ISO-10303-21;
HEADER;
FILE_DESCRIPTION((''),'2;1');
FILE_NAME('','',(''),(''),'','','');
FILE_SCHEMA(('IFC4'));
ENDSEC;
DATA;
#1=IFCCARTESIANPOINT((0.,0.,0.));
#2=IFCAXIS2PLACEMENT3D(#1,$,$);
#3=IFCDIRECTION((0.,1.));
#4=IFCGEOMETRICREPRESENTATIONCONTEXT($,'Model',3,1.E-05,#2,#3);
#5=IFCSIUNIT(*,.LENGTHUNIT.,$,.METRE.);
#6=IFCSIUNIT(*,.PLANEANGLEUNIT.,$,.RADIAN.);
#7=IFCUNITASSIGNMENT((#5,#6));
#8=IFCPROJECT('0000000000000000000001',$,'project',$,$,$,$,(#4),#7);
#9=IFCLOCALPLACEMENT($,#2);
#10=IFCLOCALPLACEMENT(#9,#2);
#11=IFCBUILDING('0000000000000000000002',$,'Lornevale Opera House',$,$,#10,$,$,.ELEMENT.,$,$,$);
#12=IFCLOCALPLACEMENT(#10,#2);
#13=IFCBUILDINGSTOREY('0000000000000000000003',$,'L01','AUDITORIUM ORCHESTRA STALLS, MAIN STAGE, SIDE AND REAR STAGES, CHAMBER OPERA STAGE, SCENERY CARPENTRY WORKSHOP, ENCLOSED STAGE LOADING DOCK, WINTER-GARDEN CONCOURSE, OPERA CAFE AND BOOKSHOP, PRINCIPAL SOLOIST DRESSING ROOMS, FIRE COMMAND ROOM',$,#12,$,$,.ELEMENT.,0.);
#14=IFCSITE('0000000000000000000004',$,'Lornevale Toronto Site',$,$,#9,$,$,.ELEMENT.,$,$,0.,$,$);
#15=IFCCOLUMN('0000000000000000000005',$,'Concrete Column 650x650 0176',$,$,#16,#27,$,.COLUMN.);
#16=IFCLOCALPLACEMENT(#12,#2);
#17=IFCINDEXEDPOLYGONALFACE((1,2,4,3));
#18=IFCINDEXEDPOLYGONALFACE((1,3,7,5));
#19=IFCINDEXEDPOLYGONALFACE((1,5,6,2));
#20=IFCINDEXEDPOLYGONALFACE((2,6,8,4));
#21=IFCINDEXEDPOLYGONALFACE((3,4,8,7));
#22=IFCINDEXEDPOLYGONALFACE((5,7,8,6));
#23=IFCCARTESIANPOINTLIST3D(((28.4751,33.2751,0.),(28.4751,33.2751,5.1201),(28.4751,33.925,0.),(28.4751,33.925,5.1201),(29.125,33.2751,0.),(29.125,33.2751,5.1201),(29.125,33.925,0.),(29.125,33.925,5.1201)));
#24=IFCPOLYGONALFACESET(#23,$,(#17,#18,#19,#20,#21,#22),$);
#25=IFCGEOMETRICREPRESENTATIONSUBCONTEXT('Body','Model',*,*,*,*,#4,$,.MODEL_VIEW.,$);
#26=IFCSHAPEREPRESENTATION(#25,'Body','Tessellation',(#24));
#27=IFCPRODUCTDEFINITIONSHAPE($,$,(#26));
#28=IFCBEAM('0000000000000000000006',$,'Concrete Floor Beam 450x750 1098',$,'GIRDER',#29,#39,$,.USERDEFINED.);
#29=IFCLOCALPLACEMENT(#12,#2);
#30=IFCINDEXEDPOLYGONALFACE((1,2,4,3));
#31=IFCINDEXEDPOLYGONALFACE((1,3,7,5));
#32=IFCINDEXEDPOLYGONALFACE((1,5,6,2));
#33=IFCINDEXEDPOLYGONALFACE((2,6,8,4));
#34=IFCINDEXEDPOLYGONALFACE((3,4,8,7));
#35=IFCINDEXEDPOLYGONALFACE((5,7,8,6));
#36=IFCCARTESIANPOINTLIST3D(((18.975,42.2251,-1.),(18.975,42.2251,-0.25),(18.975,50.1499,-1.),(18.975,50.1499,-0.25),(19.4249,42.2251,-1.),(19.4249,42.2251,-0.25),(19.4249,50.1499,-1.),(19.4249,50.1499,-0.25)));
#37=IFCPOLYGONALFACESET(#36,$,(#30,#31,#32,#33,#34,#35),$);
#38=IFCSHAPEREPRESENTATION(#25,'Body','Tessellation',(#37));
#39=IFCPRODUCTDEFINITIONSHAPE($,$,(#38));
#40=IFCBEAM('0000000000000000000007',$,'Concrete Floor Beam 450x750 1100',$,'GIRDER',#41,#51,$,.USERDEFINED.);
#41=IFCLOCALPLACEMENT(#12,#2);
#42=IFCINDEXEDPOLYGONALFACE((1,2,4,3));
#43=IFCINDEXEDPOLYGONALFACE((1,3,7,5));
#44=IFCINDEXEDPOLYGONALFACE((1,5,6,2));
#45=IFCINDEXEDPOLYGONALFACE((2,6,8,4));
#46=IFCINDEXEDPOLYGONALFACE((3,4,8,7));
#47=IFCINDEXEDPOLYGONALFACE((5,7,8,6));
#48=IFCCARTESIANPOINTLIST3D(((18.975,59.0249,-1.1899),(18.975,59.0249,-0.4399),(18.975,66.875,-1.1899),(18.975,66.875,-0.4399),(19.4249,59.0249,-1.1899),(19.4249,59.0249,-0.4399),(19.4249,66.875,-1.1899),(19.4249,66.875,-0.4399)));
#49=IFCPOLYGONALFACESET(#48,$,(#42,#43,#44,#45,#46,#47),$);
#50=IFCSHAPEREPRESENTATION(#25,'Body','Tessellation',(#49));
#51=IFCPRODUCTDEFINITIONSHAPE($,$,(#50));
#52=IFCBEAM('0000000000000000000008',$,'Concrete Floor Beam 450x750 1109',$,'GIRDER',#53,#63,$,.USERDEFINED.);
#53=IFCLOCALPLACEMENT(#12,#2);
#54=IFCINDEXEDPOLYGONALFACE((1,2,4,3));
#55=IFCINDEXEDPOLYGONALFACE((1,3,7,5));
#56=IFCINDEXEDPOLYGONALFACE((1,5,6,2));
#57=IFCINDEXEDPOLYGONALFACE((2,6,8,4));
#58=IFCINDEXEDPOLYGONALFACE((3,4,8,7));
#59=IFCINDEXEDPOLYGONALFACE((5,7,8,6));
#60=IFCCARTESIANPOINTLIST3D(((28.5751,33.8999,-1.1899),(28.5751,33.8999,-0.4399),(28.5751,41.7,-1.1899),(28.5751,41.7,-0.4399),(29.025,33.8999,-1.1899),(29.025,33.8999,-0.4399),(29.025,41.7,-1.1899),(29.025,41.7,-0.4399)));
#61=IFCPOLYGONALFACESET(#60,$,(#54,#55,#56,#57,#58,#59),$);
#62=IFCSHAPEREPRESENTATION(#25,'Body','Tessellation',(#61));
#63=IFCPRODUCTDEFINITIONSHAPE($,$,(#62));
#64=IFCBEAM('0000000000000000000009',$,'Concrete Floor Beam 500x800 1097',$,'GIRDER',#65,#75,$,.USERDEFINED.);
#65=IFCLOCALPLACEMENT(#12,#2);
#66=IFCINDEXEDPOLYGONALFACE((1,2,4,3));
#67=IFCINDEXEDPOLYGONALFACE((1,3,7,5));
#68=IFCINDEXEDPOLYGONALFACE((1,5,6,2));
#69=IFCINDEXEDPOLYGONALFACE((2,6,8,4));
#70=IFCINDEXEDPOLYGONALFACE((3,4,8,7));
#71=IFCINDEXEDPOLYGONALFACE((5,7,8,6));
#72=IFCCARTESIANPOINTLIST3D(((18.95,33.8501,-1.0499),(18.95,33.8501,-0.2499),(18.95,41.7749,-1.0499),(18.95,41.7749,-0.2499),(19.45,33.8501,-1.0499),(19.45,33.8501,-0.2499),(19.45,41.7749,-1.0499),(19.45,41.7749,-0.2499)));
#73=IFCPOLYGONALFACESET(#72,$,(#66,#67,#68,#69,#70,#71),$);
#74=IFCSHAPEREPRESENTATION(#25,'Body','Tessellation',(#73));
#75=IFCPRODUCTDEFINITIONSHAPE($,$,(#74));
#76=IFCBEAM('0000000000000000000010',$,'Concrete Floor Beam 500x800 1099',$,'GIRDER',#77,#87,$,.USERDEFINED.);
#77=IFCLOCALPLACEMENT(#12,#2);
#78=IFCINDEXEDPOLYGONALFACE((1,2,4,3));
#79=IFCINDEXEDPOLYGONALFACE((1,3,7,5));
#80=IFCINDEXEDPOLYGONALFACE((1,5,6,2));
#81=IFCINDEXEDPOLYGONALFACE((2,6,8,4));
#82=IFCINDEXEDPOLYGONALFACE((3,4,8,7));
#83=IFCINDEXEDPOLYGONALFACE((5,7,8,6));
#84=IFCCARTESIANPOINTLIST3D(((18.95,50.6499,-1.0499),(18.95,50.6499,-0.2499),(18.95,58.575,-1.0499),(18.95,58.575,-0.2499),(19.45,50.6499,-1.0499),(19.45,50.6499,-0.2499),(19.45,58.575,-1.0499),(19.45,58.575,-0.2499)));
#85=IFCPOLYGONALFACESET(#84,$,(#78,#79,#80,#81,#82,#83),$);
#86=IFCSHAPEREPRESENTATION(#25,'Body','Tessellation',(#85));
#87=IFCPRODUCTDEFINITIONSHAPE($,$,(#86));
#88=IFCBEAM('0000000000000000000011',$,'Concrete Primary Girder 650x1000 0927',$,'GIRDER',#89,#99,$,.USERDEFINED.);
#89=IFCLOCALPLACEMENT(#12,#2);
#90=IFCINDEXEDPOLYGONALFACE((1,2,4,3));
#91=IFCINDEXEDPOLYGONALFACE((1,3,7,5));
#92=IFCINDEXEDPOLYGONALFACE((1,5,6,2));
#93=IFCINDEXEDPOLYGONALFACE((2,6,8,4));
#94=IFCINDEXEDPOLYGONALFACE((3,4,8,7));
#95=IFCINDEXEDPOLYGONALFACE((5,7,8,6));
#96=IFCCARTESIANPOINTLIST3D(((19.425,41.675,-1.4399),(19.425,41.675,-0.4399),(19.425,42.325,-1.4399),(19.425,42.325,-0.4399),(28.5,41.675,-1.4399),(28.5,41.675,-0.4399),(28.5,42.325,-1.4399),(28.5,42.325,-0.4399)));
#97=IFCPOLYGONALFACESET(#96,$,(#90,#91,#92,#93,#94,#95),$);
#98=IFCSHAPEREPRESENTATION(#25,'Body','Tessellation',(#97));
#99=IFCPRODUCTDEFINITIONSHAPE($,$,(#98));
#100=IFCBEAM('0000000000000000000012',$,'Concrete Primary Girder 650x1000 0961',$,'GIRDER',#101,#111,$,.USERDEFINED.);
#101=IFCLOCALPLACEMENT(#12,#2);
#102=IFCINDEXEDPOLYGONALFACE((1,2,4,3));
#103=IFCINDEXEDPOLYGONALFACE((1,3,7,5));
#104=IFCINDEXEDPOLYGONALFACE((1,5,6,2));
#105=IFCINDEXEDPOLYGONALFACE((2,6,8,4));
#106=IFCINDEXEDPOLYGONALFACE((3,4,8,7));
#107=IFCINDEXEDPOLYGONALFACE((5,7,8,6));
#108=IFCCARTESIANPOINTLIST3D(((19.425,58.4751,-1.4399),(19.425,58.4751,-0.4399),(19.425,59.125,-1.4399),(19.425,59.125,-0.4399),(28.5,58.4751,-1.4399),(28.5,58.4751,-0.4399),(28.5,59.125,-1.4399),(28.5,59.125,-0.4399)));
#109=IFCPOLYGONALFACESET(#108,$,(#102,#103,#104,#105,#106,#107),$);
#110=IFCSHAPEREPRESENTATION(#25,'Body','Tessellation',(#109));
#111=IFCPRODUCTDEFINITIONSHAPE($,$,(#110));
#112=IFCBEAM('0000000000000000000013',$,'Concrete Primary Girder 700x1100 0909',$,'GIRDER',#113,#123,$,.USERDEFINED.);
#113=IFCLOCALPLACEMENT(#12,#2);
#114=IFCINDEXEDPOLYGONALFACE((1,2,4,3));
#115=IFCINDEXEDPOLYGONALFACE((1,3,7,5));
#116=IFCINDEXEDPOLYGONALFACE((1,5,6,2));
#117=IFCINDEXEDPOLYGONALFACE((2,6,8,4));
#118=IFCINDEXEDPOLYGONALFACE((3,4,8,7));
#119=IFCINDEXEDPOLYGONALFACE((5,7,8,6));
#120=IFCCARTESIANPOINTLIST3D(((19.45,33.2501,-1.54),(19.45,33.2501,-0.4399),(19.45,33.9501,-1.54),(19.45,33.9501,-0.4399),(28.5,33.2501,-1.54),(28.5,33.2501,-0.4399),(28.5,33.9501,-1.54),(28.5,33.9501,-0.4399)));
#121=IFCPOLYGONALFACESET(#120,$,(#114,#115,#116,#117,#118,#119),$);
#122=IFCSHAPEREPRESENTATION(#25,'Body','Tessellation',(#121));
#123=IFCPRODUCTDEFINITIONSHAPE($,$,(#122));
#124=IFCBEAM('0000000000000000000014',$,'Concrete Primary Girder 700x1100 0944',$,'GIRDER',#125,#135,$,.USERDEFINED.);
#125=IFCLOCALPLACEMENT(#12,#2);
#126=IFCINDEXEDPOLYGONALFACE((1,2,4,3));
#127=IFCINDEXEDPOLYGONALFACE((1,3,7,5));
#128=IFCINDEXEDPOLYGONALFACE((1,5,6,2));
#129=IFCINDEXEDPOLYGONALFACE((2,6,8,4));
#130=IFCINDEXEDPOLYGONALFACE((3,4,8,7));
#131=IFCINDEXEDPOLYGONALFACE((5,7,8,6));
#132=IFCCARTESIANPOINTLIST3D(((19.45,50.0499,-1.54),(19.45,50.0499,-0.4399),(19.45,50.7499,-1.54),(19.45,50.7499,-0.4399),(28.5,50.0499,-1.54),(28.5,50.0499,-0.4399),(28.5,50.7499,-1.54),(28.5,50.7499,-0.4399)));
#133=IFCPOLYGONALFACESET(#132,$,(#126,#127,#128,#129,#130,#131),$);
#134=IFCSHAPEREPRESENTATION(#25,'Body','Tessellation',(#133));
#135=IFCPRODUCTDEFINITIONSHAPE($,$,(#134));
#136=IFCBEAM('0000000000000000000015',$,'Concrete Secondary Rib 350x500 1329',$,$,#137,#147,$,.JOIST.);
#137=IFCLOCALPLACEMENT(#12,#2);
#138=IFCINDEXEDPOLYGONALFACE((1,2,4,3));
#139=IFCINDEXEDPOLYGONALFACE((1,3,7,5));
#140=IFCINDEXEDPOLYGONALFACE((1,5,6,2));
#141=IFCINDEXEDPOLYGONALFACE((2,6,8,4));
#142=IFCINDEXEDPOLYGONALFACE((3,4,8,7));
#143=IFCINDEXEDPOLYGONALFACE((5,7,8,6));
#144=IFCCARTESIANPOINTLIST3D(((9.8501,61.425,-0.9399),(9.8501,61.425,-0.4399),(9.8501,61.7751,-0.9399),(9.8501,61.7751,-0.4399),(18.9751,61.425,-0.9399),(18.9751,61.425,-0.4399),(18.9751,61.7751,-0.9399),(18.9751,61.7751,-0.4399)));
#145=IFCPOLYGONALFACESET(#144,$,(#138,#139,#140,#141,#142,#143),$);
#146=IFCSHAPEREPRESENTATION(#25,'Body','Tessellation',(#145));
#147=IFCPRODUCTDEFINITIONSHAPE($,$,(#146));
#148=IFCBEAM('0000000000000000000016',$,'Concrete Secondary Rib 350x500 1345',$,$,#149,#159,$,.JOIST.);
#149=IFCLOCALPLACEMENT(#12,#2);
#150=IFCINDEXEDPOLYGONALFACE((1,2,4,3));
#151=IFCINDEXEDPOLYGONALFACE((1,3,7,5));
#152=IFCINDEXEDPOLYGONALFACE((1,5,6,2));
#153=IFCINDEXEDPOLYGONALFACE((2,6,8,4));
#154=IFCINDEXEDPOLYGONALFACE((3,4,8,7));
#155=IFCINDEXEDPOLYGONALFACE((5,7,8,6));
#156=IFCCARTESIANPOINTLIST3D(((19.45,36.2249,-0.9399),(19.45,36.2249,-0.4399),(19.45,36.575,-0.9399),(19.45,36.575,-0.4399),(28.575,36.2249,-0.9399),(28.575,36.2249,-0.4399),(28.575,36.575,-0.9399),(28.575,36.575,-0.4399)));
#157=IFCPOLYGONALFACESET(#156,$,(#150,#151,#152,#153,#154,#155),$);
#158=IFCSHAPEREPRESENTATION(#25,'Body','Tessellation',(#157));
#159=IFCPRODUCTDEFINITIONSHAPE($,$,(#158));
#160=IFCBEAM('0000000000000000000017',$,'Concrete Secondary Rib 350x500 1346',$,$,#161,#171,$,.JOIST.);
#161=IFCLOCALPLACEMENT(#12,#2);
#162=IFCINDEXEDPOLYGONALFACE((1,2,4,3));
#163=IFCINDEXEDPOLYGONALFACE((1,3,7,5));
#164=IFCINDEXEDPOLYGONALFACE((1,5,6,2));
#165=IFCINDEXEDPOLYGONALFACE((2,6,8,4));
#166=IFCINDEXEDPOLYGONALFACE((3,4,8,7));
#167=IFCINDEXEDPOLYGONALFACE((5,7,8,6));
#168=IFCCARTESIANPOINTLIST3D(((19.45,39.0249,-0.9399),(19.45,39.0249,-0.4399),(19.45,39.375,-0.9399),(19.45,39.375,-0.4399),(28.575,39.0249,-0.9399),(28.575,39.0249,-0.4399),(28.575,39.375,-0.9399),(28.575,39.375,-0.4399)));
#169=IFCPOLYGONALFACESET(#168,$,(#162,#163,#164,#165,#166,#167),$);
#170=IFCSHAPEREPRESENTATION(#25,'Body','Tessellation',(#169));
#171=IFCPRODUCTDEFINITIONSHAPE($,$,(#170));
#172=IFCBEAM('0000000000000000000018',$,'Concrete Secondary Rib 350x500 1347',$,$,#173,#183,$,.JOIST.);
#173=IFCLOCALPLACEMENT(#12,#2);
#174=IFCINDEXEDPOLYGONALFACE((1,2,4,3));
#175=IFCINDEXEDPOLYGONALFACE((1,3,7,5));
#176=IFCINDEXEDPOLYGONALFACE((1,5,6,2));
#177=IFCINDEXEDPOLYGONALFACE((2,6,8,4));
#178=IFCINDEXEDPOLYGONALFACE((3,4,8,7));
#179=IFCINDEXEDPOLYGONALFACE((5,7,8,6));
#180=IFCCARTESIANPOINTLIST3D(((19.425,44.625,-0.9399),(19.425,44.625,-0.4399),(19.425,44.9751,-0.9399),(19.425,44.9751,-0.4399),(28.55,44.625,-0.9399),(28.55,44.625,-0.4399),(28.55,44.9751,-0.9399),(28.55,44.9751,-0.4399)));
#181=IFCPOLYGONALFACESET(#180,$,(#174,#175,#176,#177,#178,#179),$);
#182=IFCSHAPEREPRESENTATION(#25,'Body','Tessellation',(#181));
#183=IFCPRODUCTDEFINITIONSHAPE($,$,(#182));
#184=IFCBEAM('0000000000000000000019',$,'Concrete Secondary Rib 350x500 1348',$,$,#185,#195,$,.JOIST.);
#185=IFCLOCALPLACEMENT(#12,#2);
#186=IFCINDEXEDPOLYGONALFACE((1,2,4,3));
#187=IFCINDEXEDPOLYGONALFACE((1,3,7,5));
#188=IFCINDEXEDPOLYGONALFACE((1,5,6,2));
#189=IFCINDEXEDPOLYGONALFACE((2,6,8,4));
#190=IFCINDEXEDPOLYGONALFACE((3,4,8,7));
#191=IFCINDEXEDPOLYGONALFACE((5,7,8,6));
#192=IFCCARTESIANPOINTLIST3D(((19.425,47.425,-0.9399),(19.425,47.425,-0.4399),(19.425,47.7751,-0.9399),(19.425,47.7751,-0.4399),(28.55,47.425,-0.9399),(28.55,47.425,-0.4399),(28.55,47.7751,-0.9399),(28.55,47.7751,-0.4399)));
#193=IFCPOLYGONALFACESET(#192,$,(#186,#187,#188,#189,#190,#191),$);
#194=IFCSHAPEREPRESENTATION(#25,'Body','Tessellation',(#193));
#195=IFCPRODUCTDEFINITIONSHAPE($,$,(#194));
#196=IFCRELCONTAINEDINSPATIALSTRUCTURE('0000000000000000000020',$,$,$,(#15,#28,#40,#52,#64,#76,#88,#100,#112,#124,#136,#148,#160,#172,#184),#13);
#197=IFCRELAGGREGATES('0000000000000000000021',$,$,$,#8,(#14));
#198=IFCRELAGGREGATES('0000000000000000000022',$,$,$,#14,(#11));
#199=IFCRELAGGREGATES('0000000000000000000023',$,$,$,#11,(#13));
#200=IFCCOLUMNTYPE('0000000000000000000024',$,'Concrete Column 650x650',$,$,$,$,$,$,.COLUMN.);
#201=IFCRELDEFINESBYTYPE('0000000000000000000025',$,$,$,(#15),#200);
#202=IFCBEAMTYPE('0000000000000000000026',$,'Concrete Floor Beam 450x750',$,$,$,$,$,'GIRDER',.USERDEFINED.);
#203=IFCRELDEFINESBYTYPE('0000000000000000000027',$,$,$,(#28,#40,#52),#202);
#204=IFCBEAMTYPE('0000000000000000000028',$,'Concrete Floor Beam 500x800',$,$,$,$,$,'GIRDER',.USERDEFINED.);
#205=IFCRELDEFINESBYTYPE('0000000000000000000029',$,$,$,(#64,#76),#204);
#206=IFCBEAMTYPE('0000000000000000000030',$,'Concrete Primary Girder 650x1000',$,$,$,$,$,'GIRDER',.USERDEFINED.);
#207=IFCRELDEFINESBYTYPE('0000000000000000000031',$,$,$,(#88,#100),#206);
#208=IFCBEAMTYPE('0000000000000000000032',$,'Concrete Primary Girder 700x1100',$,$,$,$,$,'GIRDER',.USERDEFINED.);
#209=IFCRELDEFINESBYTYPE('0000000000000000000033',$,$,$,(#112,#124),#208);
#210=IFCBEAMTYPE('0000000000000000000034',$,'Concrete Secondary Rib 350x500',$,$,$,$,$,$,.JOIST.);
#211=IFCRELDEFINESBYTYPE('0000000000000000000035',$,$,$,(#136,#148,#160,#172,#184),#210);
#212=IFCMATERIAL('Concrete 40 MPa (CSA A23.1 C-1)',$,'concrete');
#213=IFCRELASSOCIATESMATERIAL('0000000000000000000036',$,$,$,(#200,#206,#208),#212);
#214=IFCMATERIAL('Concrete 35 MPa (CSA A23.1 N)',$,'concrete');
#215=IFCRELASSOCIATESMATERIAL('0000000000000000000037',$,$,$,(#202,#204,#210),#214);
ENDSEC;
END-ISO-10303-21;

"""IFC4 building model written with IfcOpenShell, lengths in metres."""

from ifc_helpers import new_model, si_unit, direction, frame, origin, origin_2d, place, context, subcontext, project, spatial, rectangle, extrude, material, material_profile, profile_set, type_object, element, save


model = new_model("IFC4")

# Units and contexts
model_context = context("Model", 3, precision=1e-05, world=origin(), true_north=direction((0.0, 1.0)))
body_context = subcontext(model_context, "Body", "Model", "MODEL_VIEW")
ifc_project = project(units=[si_unit("LENGTHUNIT", "METRE"), si_unit("PLANEANGLEUNIT", "RADIAN")], contexts=[model_context])

# Site, building, storey
site_placement = place(None, origin())
site = spatial("IfcSite", under=ifc_project, at=site_placement, Name="Lornevale Toronto Site", CompositionType="ELEMENT", RefElevation=0.0)
building_placement = place(site_placement, origin())
building = spatial("IfcBuilding", under=site, at=building_placement, Name="Lornevale Opera House", CompositionType="ELEMENT")
storey_placement = place(building_placement, origin())
storey = spatial("IfcBuildingStorey", under=building, at=storey_placement, Name="L01", Description="AUDITORIUM ORCHESTRA STALLS, MAIN STAGE, SIDE AND REAR STAGES, CHAMBER OPERA STAGE, SCENERY CARPENTRY WORKSHOP, ENCLOSED STAGE LOADING DOCK, WINTER-GARDEN CONCOURSE, OPERA CAFE AND BOOKSHOP, PRINCIPAL SOLOIST DRESSING ROOMS, FIRE COMMAND ROOM", CompositionType="ELEMENT", Elevation=0.0)

# Column
ifc_material_1 = material(Name="Concrete 40 MPa (CSA A23.1 C-1)", Category="concrete")
ifc_material_profile_1 = material_profile(ifc_material_1, rectangle(XDim=0.6499, YDim=0.6499, at=origin_2d()), Name="RC650x650")
ifc_profile_set_1 = profile_set([ifc_material_profile_1], Name="Concrete 40 MPa (CSA A23.1 C-1)")
column_type = type_object("IfcColumnType", Name="Concrete Column 650x650", PredefinedType="COLUMN", material=ifc_profile_set_1)
column_placement = place(storey_placement, frame((28.8, 33.6001, 0.0), z_axis=(0.0, 0.0, 1.0), x_axis=(1.0, 0.0, 0.0)))
element("IfcColumn", 1, at=column_placement, inside=storey, type_object=column_type, Name="Concrete Column 650x650 0176", PredefinedType="COLUMN", context=body_context, shape_type="SweptSolid", body=[
    extrude(rectangle(XDim=0.6499, YDim=0.6499, at=origin_2d()), origin(), (0.0, 0.0, 1.0), 5.1201),
])

# Beams
ifc_material_2 = material(Name="Concrete 35 MPa (CSA A23.1 N)", Category="concrete")
ifc_material_profile_2 = material_profile(ifc_material_2, rectangle(XDim=0.45, YDim=0.75, at=origin_2d()), Name="RC450x750")
ifc_profile_set_2 = profile_set([ifc_material_profile_2], Name="Concrete 35 MPa (CSA A23.1 N)")
beam_type_1 = type_object("IfcBeamType", Name="Concrete Floor Beam 450x750", ElementType="GIRDER", PredefinedType="USERDEFINED", material=ifc_profile_set_2)
beam_1_placement = place(storey_placement, frame((19.2, 42.2251, -0.625), z_axis=(0.0, 1.0, 0.0), x_axis=(-1.0, 0.0, 0.0)))
element("IfcBeam", 2, at=beam_1_placement, inside=storey, type_object=beam_type_1, Name="Concrete Floor Beam 450x750 1098", ObjectType="GIRDER", PredefinedType="USERDEFINED", context=body_context, shape_type="SweptSolid", body=[
    extrude(rectangle(XDim=0.45, YDim=0.75, at=origin_2d()), origin(), (0.0, 0.0, 1.0), 7.9248),
])
beam_2_placement = place(storey_placement, frame((19.2, 59.0249, -0.8149), z_axis=(0.0, 1.0, 0.0), x_axis=(-1.0, 0.0, 0.0)))
element("IfcBeam", 3, at=beam_2_placement, inside=storey, type_object=beam_type_1, Name="Concrete Floor Beam 450x750 1100", ObjectType="GIRDER", PredefinedType="USERDEFINED", context=body_context, shape_type="SweptSolid", body=[
    extrude(rectangle(XDim=0.45, YDim=0.75, at=origin_2d()), origin(), (0.0, 0.0, 1.0), 7.8501),
])
beam_3_placement = place(storey_placement, frame((28.8, 33.8999, -0.8149), z_axis=(0.0, 1.0, 0.0), x_axis=(-1.0, 0.0, 0.0)))
element("IfcBeam", 4, at=beam_3_placement, inside=storey, type_object=beam_type_1, Name="Concrete Floor Beam 450x750 1109", ObjectType="GIRDER", PredefinedType="USERDEFINED", context=body_context, shape_type="SweptSolid", body=[
    extrude(rectangle(XDim=0.45, YDim=0.75, at=origin_2d()), origin(), (0.0, 0.0, 1.0), 7.8),
])
ifc_material_profile_3 = material_profile(ifc_material_2, rectangle(XDim=0.5, YDim=0.8, at=origin_2d()), Name="RC500x800")
ifc_profile_set_3 = profile_set([ifc_material_profile_3], Name="Concrete 35 MPa (CSA A23.1 N)")
beam_type_2 = type_object("IfcBeamType", Name="Concrete Floor Beam 500x800", ElementType="GIRDER", PredefinedType="USERDEFINED", material=ifc_profile_set_3)
beam_4_placement = place(storey_placement, frame((19.2, 33.8501, -0.6499), z_axis=(0.0, 1.0, 0.0), x_axis=(-1.0, 0.0, 0.0)))
element("IfcBeam", 5, at=beam_4_placement, inside=storey, type_object=beam_type_2, Name="Concrete Floor Beam 500x800 1097", ObjectType="GIRDER", PredefinedType="USERDEFINED", context=body_context, shape_type="SweptSolid", body=[
    extrude(rectangle(XDim=0.5, YDim=0.8, at=origin_2d()), origin(), (0.0, 0.0, 1.0), 7.9248),
])
beam_5_placement = place(storey_placement, frame((19.2, 50.6499, -0.6499), z_axis=(0.0, 1.0, 0.0), x_axis=(-1.0, 0.0, 0.0)))
element("IfcBeam", 6, at=beam_5_placement, inside=storey, type_object=beam_type_2, Name="Concrete Floor Beam 500x800 1099", ObjectType="GIRDER", PredefinedType="USERDEFINED", context=body_context, shape_type="SweptSolid", body=[
    extrude(rectangle(XDim=0.5, YDim=0.8, at=origin_2d()), origin(), (0.0, 0.0, 1.0), 7.925),
])
ifc_material_profile_4 = material_profile(ifc_material_1, rectangle(XDim=0.6499, YDim=1.0, at=origin_2d()), Name="RC650x1000")
ifc_profile_set_4 = profile_set([ifc_material_profile_4], Name="Concrete 40 MPa (CSA A23.1 C-1)")
beam_type_3 = type_object("IfcBeamType", Name="Concrete Primary Girder 650x1000", ElementType="GIRDER", PredefinedType="USERDEFINED", material=ifc_profile_set_4)
for number, where, z_axis, x_axis, name in (
    (7, (19.425, 42.0, -0.9399), (1.0, 0.0, 0.0), (0.0, 1.0, 0.0), "Concrete Primary Girder 650x1000 0927"),
    (8, (19.425, 58.8, -0.9399), (1.0, 0.0, 0.0), (0.0, 1.0, 0.0), "Concrete Primary Girder 650x1000 0961"),
):
    element("IfcBeam", number, at=place(storey_placement, frame(where, z_axis=z_axis, x_axis=x_axis)), inside=storey, type_object=beam_type_3, Name=name, ObjectType="GIRDER", PredefinedType="USERDEFINED", context=body_context, shape_type="SweptSolid", body=[
        extrude(rectangle(XDim=0.6499, YDim=1.0, at=origin_2d()), origin(), (0.0, 0.0, 1.0), 9.075),
    ])
ifc_material_profile_5 = material_profile(ifc_material_1, rectangle(XDim=0.7, YDim=1.1001, at=origin_2d()), Name="RC700x1100")
ifc_profile_set_5 = profile_set([ifc_material_profile_5], Name="Concrete 40 MPa (CSA A23.1 C-1)")
beam_type_4 = type_object("IfcBeamType", Name="Concrete Primary Girder 700x1100", ElementType="GIRDER", PredefinedType="USERDEFINED", material=ifc_profile_set_5)
for number, where, z_axis, x_axis, name in (
    (9, (19.45, 33.6001, -0.99), (1.0, 0.0, 0.0), (0.0, 1.0, 0.0), "Concrete Primary Girder 700x1100 0909"),
    (10, (19.45, 50.3999, -0.99), (1.0, 0.0, 0.0), (0.0, 1.0, 0.0), "Concrete Primary Girder 700x1100 0944"),
):
    element("IfcBeam", number, at=place(storey_placement, frame(where, z_axis=z_axis, x_axis=x_axis)), inside=storey, type_object=beam_type_4, Name=name, ObjectType="GIRDER", PredefinedType="USERDEFINED", context=body_context, shape_type="SweptSolid", body=[
        extrude(rectangle(XDim=0.7, YDim=1.1001, at=origin_2d()), origin(), (0.0, 0.0, 1.0), 9.05),
    ])
ifc_material_profile_6 = material_profile(ifc_material_2, rectangle(XDim=0.3501, YDim=0.5, at=origin_2d()), Name="RC350x500")
ifc_profile_set_6 = profile_set([ifc_material_profile_6], Name="Concrete 35 MPa (CSA A23.1 N)")
beam_type_5 = type_object("IfcBeamType", Name="Concrete Secondary Rib 350x500", PredefinedType="JOIST", material=ifc_profile_set_6)
for number, where, z_axis, x_axis, name in (
    (11, (9.8501, 61.6001, -0.6899), (1.0, 0.0, 0.0), (0.0, 1.0, 0.0), "Concrete Secondary Rib 350x500 1329"),
    (12, (19.45, 36.3999, -0.6899), (1.0, 0.0, 0.0), (0.0, 1.0, 0.0), "Concrete Secondary Rib 350x500 1345"),
    (13, (19.45, 39.2, -0.6899), (1.0, 0.0, 0.0), (0.0, 1.0, 0.0), "Concrete Secondary Rib 350x500 1346"),
    (14, (19.425, 44.8, -0.6899), (1.0, 0.0, 0.0), (0.0, 1.0, 0.0), "Concrete Secondary Rib 350x500 1347"),
    (15, (19.425, 47.6001, -0.6899), (1.0, 0.0, 0.0), (0.0, 1.0, 0.0), "Concrete Secondary Rib 350x500 1348"),
):
    element("IfcBeam", number, at=place(storey_placement, frame(where, z_axis=z_axis, x_axis=x_axis)), inside=storey, type_object=beam_type_5, Name=name, PredefinedType="JOIST", context=body_context, shape_type="SweptSolid", body=[
        extrude(rectangle(XDim=0.3501, YDim=0.5, at=origin_2d()), origin(), (0.0, 0.0, 1.0), 9.125),
    ])

save(model, "model.ifc")
